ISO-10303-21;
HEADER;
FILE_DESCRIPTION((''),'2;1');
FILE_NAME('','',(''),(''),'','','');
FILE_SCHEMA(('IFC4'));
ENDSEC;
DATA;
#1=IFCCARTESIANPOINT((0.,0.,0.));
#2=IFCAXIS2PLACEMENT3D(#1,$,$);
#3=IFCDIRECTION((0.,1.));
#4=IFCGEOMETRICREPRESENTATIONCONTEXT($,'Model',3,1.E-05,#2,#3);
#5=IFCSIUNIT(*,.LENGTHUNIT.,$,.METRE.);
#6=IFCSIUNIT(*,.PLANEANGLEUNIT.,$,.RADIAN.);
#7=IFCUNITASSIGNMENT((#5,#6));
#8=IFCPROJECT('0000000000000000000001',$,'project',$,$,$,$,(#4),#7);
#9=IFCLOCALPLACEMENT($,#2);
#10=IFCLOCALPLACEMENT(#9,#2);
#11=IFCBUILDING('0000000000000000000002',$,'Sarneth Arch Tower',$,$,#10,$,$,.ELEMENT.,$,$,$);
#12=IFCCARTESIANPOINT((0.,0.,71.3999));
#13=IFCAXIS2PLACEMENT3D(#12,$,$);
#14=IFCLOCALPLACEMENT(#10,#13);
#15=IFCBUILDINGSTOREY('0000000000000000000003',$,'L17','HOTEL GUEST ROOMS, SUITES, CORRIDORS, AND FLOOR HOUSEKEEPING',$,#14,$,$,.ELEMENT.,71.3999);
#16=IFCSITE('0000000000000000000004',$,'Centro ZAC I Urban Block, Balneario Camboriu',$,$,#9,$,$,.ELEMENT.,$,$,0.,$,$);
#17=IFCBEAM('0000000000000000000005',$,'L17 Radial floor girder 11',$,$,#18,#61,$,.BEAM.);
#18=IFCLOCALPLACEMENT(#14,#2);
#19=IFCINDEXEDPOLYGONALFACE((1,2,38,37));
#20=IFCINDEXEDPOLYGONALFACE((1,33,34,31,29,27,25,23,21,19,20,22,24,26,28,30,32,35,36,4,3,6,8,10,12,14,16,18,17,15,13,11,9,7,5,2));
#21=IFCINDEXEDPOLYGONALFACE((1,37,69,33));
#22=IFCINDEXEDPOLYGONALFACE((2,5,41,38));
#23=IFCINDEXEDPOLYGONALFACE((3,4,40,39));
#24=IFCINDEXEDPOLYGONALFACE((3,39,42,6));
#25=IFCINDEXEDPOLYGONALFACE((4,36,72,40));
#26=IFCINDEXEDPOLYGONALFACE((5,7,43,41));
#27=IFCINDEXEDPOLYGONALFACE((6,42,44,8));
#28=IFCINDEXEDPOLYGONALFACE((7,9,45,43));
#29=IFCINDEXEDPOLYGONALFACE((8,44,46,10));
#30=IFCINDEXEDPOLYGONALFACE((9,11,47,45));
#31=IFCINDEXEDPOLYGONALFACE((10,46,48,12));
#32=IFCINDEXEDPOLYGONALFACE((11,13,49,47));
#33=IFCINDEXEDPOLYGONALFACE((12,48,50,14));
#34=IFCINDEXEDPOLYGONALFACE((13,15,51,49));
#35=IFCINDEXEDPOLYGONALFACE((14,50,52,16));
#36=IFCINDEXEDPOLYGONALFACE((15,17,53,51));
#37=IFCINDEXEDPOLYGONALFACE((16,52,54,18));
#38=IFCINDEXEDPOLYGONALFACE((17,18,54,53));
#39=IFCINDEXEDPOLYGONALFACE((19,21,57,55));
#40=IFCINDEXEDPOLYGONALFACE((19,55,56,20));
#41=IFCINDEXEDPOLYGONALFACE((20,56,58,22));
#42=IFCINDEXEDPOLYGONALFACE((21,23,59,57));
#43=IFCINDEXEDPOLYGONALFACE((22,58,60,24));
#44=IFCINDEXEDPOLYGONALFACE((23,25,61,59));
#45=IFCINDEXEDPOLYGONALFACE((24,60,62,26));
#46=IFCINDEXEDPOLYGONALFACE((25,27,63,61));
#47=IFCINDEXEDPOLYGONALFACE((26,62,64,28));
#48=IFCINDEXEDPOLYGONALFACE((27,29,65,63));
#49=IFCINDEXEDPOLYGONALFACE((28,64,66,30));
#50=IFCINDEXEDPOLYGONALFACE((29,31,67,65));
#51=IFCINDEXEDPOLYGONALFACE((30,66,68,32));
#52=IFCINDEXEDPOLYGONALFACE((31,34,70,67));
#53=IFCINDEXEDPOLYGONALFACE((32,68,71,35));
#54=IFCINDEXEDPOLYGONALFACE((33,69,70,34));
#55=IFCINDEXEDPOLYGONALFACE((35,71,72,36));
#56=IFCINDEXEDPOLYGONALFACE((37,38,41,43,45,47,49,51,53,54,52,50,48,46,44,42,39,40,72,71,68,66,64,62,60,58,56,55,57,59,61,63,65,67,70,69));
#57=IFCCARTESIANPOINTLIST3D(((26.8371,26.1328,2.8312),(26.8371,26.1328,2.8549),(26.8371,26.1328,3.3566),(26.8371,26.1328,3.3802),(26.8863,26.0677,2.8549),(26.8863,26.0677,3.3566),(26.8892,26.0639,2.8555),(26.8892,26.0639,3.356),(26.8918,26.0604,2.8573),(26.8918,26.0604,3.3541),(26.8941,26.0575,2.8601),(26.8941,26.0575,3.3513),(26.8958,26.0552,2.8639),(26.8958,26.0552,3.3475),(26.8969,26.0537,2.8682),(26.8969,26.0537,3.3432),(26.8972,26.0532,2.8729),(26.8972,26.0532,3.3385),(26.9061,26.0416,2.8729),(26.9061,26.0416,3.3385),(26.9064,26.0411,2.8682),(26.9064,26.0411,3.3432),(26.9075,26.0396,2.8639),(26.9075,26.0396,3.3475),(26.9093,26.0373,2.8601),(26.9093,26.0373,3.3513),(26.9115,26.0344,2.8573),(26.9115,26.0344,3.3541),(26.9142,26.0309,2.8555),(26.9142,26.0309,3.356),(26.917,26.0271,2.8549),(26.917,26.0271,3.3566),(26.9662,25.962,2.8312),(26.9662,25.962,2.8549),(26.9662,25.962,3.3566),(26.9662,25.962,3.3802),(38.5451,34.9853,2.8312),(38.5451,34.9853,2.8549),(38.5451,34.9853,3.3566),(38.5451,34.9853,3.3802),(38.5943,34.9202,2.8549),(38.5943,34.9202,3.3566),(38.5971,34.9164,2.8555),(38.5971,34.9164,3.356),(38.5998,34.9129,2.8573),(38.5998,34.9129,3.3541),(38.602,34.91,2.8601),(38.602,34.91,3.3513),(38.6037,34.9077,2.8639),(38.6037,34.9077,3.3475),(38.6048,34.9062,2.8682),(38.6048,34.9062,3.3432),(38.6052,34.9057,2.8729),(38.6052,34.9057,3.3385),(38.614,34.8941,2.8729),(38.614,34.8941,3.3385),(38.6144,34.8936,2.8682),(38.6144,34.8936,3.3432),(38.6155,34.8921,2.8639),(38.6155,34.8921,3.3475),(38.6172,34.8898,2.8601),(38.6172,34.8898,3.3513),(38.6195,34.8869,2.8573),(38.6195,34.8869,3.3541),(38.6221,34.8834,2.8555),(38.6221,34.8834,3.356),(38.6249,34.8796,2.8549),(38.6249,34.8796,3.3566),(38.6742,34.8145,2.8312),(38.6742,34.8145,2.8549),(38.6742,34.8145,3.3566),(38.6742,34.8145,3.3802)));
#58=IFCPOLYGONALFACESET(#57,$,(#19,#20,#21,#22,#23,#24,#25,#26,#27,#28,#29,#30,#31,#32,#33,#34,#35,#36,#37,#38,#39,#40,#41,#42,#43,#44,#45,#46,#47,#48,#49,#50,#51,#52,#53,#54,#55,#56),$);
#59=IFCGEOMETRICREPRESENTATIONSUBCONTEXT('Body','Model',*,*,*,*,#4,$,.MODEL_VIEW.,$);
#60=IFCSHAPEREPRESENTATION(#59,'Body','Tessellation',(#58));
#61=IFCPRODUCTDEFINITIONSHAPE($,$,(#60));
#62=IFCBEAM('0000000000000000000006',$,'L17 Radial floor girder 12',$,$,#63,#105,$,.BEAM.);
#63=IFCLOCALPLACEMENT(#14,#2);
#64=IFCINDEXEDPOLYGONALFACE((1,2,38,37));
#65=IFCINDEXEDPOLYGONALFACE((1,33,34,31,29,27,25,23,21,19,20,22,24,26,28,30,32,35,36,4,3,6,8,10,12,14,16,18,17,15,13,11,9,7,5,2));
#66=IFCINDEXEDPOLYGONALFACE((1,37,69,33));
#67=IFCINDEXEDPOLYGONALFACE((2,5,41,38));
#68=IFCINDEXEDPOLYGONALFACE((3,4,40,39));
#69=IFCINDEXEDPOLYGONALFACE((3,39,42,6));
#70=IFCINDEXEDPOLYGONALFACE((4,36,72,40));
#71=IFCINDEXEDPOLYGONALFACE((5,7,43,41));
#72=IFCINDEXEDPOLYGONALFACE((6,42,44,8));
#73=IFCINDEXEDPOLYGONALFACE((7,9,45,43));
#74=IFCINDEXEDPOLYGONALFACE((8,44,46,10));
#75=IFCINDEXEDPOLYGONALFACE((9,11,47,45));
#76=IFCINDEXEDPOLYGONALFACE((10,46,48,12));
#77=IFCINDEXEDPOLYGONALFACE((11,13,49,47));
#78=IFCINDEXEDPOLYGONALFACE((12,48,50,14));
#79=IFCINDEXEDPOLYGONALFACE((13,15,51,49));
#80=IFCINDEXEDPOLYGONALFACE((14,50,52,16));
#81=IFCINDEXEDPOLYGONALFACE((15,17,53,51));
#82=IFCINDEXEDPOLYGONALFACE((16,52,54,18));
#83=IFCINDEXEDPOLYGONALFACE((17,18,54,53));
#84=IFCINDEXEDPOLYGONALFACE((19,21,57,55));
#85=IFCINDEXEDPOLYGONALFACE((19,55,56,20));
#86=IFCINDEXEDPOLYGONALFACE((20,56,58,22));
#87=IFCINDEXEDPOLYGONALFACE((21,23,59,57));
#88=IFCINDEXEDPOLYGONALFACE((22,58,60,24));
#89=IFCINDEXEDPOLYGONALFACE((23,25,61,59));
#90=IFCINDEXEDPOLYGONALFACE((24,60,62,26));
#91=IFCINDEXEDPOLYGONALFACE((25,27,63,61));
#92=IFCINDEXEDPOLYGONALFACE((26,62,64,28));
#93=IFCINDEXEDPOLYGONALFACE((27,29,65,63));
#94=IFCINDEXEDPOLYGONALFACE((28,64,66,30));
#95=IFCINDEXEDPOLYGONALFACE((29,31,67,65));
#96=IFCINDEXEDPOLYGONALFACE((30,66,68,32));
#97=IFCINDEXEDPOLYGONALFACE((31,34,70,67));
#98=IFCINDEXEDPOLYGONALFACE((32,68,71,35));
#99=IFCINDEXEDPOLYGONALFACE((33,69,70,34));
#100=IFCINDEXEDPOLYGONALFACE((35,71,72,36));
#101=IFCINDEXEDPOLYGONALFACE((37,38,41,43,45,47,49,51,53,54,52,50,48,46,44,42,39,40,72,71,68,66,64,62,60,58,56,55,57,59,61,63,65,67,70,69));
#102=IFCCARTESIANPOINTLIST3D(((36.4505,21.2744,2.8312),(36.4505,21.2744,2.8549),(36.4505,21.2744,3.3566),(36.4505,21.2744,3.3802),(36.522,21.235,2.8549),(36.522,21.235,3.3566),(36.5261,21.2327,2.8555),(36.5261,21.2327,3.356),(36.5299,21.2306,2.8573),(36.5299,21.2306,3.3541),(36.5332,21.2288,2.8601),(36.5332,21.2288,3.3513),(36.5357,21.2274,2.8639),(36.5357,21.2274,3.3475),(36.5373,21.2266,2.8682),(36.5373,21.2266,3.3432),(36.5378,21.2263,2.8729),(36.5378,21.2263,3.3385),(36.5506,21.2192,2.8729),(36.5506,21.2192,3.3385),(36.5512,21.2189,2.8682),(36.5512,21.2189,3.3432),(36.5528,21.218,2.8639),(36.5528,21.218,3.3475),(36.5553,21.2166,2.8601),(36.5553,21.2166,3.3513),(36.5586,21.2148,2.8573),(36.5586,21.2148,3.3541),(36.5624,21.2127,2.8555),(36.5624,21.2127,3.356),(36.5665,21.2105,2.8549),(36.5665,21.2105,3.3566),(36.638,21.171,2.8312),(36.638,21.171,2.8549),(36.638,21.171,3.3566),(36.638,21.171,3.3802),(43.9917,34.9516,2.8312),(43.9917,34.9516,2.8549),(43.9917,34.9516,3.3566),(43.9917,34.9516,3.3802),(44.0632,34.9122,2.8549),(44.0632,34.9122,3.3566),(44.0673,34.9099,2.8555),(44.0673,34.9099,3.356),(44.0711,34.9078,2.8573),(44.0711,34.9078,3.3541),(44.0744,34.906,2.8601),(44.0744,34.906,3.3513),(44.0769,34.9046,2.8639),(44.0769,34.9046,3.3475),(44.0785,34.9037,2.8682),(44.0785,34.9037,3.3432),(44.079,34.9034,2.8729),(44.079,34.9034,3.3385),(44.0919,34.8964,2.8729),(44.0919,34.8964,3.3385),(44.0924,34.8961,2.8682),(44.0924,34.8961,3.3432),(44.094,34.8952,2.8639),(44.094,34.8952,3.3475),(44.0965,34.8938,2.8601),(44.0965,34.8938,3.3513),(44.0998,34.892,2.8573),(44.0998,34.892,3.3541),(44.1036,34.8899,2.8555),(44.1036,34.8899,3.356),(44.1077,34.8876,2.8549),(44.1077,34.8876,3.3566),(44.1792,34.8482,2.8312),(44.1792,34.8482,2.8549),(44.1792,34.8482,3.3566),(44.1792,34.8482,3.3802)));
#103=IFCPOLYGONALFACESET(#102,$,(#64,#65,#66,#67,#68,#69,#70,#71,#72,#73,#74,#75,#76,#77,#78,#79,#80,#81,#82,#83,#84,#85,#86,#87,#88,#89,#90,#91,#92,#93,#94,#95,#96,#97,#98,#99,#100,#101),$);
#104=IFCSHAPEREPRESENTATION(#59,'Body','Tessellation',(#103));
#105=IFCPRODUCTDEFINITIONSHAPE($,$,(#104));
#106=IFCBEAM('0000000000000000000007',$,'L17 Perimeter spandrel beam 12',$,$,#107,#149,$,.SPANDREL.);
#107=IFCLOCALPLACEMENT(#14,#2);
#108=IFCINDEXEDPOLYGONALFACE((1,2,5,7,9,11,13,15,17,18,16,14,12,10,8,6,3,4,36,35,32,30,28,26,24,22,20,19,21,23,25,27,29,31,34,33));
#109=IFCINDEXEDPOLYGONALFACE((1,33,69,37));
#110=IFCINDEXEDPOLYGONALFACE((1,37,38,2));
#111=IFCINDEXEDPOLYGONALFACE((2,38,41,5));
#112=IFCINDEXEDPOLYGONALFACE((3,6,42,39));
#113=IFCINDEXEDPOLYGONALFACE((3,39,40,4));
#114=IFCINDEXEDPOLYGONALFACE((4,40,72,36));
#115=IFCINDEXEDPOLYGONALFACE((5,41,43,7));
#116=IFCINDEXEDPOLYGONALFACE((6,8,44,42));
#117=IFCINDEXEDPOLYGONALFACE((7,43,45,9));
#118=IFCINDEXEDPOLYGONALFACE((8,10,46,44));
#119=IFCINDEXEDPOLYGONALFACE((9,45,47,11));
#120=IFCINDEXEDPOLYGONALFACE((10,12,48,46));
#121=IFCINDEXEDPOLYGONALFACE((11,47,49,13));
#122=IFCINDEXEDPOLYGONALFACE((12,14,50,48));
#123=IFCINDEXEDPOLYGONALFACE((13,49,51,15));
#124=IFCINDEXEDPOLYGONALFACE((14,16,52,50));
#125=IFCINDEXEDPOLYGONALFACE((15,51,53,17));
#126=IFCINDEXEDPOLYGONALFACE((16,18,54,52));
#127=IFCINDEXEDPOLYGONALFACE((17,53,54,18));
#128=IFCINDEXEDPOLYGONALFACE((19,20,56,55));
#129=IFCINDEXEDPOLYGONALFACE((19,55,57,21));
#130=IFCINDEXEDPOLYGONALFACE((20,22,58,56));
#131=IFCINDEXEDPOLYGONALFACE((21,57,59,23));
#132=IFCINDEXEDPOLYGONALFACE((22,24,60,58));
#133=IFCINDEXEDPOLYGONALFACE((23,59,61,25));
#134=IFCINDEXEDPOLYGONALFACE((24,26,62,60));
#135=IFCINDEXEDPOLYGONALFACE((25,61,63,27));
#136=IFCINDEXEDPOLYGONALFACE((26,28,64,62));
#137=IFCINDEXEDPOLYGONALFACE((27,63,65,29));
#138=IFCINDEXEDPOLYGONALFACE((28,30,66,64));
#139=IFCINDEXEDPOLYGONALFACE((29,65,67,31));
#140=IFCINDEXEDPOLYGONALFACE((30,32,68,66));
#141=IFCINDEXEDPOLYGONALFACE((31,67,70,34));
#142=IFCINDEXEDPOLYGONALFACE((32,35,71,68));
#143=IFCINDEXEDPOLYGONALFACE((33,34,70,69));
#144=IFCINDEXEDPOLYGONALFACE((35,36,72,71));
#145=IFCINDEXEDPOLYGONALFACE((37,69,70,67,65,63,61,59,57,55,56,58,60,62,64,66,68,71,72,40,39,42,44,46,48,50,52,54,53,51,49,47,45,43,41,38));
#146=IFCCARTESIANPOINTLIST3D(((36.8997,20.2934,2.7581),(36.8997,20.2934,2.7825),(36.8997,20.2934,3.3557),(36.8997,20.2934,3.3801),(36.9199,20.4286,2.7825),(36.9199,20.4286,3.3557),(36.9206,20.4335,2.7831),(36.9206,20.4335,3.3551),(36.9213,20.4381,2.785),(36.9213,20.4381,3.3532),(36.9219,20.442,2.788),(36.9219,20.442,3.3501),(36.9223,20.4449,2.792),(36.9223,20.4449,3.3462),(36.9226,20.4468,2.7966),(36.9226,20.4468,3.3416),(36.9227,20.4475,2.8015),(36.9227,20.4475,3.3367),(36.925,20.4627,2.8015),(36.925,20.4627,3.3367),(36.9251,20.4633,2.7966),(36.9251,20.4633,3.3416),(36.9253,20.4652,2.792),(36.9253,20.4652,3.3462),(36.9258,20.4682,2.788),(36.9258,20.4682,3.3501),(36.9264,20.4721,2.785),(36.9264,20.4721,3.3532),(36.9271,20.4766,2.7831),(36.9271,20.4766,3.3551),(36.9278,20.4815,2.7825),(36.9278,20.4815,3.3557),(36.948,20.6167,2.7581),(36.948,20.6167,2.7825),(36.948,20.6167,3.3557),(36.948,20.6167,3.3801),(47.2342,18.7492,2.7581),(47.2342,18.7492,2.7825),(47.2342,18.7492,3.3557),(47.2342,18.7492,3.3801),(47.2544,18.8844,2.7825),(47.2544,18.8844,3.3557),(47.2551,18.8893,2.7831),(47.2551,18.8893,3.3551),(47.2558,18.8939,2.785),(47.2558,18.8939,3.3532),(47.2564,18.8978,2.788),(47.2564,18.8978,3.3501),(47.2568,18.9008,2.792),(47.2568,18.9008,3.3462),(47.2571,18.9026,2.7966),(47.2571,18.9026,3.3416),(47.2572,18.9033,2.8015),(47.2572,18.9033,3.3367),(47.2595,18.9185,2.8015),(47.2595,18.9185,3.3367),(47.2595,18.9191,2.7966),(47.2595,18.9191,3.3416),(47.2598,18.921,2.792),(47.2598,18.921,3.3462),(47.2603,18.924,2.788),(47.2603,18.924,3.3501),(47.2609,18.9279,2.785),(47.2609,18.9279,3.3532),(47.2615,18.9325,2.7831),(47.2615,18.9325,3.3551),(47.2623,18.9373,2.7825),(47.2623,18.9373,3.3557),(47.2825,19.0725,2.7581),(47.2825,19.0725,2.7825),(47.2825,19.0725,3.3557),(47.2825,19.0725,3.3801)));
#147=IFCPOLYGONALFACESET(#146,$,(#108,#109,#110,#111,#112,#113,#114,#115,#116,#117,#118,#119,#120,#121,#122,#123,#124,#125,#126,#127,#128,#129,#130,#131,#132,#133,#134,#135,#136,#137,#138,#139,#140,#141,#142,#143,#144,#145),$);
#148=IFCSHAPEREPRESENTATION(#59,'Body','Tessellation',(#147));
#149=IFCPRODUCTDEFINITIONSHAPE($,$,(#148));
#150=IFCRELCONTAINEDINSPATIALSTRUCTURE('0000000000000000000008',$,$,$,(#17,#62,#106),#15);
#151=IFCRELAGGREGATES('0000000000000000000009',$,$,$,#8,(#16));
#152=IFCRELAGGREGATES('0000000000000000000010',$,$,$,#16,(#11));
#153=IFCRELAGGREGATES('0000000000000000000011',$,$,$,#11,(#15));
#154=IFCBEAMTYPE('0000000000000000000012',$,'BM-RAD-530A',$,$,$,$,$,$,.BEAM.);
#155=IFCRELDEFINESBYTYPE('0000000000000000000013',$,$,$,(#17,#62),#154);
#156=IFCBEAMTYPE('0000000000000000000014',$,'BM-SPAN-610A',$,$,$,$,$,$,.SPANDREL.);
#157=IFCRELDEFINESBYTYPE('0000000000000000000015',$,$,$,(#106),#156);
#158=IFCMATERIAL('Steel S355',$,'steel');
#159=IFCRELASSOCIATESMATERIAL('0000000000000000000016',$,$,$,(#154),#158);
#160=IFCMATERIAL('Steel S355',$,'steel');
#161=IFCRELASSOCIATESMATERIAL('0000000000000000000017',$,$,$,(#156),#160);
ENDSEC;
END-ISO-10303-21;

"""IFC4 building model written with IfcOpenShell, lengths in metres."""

from ifc_helpers import new_model, si_unit, direction, frame, origin, origin_2d, place, context, subcontext, project, spatial, i_section, extrude, material, material_profile, profile_set, type_object, element, save


model = new_model("IFC4")

# Units and contexts
model_context = context("Model", 3, precision=1e-05, world=origin(), true_north=direction((0.0, 1.0)))
body_context = subcontext(model_context, "Body", "Model", "MODEL_VIEW")
ifc_project = project(units=[si_unit("LENGTHUNIT", "METRE"), si_unit("PLANEANGLEUNIT", "RADIAN")], contexts=[model_context])

# Site, building, storey
site_placement = place(None, origin())
site = spatial("IfcSite", under=ifc_project, at=site_placement, Name="Centro ZAC I Urban Block, Balneario Camboriu", CompositionType="ELEMENT", RefElevation=0.0)
building_placement = place(site_placement, origin())
building = spatial("IfcBuilding", under=site, at=building_placement, Name="Sarneth Arch Tower", CompositionType="ELEMENT")
storey_placement = place(building_placement, frame((0.0, 0.0, 71.3999)))
storey = spatial("IfcBuildingStorey", under=building, at=storey_placement, Name="L17", Description="HOTEL GUEST ROOMS, SUITES, CORRIDORS, AND FLOOR HOUSEKEEPING", CompositionType="ELEMENT", Elevation=71.3999)

# Beams
ifc_material_1 = material(Name="Steel S355", Category="steel")
ifc_material_profile_1 = material_profile(ifc_material_1, i_section(OverallWidth=0.2141, OverallDepth=0.5491, WebThickness=0.0146, FlangeThickness=0.0237, FilletRadius=0.0181, at=origin_2d()), Name="W530x138")
ifc_profile_set_1 = profile_set([ifc_material_profile_1], Name="Steel S355")
beam_type_1 = type_object("IfcBeamType", Name="BM-RAD-530A", PredefinedType="BEAM", material=ifc_profile_set_1)
beam_1_placement = place(storey_placement, frame((38.6096, 34.8999, 3.1057), z_axis=(-0.797655, -0.603114, 0.0), x_axis=(0.603114, -0.797655, 0.0)))
element("IfcBeam", 1, at=beam_1_placement, inside=storey, type_object=beam_type_1, Name="L17 Radial floor girder 11", PredefinedType="BEAM", context=body_context, shape_type="SweptSolid", body=[
    extrude(i_section(OverallWidth=0.2141, OverallDepth=0.5491, WebThickness=0.0146, FlangeThickness=0.0237, FilletRadius=0.0181, at=origin_2d()), origin(), (0.0, 0.0, 1.0), 14.678),
])
beam_2_placement = place(storey_placement, frame((44.0854, 34.8999, 3.1057), z_axis=(-0.482841, -0.875708, 0.0), x_axis=(0.875708, -0.482841, 0.0)))
element("IfcBeam", 2, at=beam_2_placement, inside=storey, type_object=beam_type_1, Name="L17 Radial floor girder 12", PredefinedType="BEAM", context=body_context, shape_type="SweptSolid", body=[
    extrude(i_section(OverallWidth=0.2141, OverallDepth=0.5491, WebThickness=0.0146, FlangeThickness=0.0237, FilletRadius=0.0181, at=origin_2d()), origin(), (0.0, 0.0, 1.0), 15.6184),
])
ifc_material_2 = material(Name="Steel S355", Category="steel")
ifc_material_profile_2 = material_profile(ifc_material_2, i_section(OverallWidth=0.3269, OverallDepth=0.6221, WebThickness=0.0154, FlangeThickness=0.0244, FilletRadius=0.019, at=origin_2d()), Name="W610x195")
ifc_profile_set_2 = profile_set([ifc_material_profile_2], Name="Steel S355")
beam_type_2 = type_object("IfcBeamType", Name="BM-SPAN-610A", PredefinedType="SPANDREL", material=ifc_profile_set_2)
beam_3_placement = place(storey_placement, frame((36.9238, 20.4551, 3.0691), z_axis=(0.98902, -0.147781, 0.0), x_axis=(0.147781, 0.98902, 0.0)))
element("IfcBeam", 3, at=beam_3_placement, inside=storey, type_object=beam_type_2, Name="L17 Perimeter spandrel beam 12", PredefinedType="SPANDREL", context=body_context, shape_type="SweptSolid", body=[
    extrude(i_section(OverallWidth=0.3269, OverallDepth=0.6221, WebThickness=0.0154, FlangeThickness=0.0244, FilletRadius=0.019, at=origin_2d()), origin(), (0.0, 0.0, 1.0), 10.4492),
])

save(model, "model.ifc")
